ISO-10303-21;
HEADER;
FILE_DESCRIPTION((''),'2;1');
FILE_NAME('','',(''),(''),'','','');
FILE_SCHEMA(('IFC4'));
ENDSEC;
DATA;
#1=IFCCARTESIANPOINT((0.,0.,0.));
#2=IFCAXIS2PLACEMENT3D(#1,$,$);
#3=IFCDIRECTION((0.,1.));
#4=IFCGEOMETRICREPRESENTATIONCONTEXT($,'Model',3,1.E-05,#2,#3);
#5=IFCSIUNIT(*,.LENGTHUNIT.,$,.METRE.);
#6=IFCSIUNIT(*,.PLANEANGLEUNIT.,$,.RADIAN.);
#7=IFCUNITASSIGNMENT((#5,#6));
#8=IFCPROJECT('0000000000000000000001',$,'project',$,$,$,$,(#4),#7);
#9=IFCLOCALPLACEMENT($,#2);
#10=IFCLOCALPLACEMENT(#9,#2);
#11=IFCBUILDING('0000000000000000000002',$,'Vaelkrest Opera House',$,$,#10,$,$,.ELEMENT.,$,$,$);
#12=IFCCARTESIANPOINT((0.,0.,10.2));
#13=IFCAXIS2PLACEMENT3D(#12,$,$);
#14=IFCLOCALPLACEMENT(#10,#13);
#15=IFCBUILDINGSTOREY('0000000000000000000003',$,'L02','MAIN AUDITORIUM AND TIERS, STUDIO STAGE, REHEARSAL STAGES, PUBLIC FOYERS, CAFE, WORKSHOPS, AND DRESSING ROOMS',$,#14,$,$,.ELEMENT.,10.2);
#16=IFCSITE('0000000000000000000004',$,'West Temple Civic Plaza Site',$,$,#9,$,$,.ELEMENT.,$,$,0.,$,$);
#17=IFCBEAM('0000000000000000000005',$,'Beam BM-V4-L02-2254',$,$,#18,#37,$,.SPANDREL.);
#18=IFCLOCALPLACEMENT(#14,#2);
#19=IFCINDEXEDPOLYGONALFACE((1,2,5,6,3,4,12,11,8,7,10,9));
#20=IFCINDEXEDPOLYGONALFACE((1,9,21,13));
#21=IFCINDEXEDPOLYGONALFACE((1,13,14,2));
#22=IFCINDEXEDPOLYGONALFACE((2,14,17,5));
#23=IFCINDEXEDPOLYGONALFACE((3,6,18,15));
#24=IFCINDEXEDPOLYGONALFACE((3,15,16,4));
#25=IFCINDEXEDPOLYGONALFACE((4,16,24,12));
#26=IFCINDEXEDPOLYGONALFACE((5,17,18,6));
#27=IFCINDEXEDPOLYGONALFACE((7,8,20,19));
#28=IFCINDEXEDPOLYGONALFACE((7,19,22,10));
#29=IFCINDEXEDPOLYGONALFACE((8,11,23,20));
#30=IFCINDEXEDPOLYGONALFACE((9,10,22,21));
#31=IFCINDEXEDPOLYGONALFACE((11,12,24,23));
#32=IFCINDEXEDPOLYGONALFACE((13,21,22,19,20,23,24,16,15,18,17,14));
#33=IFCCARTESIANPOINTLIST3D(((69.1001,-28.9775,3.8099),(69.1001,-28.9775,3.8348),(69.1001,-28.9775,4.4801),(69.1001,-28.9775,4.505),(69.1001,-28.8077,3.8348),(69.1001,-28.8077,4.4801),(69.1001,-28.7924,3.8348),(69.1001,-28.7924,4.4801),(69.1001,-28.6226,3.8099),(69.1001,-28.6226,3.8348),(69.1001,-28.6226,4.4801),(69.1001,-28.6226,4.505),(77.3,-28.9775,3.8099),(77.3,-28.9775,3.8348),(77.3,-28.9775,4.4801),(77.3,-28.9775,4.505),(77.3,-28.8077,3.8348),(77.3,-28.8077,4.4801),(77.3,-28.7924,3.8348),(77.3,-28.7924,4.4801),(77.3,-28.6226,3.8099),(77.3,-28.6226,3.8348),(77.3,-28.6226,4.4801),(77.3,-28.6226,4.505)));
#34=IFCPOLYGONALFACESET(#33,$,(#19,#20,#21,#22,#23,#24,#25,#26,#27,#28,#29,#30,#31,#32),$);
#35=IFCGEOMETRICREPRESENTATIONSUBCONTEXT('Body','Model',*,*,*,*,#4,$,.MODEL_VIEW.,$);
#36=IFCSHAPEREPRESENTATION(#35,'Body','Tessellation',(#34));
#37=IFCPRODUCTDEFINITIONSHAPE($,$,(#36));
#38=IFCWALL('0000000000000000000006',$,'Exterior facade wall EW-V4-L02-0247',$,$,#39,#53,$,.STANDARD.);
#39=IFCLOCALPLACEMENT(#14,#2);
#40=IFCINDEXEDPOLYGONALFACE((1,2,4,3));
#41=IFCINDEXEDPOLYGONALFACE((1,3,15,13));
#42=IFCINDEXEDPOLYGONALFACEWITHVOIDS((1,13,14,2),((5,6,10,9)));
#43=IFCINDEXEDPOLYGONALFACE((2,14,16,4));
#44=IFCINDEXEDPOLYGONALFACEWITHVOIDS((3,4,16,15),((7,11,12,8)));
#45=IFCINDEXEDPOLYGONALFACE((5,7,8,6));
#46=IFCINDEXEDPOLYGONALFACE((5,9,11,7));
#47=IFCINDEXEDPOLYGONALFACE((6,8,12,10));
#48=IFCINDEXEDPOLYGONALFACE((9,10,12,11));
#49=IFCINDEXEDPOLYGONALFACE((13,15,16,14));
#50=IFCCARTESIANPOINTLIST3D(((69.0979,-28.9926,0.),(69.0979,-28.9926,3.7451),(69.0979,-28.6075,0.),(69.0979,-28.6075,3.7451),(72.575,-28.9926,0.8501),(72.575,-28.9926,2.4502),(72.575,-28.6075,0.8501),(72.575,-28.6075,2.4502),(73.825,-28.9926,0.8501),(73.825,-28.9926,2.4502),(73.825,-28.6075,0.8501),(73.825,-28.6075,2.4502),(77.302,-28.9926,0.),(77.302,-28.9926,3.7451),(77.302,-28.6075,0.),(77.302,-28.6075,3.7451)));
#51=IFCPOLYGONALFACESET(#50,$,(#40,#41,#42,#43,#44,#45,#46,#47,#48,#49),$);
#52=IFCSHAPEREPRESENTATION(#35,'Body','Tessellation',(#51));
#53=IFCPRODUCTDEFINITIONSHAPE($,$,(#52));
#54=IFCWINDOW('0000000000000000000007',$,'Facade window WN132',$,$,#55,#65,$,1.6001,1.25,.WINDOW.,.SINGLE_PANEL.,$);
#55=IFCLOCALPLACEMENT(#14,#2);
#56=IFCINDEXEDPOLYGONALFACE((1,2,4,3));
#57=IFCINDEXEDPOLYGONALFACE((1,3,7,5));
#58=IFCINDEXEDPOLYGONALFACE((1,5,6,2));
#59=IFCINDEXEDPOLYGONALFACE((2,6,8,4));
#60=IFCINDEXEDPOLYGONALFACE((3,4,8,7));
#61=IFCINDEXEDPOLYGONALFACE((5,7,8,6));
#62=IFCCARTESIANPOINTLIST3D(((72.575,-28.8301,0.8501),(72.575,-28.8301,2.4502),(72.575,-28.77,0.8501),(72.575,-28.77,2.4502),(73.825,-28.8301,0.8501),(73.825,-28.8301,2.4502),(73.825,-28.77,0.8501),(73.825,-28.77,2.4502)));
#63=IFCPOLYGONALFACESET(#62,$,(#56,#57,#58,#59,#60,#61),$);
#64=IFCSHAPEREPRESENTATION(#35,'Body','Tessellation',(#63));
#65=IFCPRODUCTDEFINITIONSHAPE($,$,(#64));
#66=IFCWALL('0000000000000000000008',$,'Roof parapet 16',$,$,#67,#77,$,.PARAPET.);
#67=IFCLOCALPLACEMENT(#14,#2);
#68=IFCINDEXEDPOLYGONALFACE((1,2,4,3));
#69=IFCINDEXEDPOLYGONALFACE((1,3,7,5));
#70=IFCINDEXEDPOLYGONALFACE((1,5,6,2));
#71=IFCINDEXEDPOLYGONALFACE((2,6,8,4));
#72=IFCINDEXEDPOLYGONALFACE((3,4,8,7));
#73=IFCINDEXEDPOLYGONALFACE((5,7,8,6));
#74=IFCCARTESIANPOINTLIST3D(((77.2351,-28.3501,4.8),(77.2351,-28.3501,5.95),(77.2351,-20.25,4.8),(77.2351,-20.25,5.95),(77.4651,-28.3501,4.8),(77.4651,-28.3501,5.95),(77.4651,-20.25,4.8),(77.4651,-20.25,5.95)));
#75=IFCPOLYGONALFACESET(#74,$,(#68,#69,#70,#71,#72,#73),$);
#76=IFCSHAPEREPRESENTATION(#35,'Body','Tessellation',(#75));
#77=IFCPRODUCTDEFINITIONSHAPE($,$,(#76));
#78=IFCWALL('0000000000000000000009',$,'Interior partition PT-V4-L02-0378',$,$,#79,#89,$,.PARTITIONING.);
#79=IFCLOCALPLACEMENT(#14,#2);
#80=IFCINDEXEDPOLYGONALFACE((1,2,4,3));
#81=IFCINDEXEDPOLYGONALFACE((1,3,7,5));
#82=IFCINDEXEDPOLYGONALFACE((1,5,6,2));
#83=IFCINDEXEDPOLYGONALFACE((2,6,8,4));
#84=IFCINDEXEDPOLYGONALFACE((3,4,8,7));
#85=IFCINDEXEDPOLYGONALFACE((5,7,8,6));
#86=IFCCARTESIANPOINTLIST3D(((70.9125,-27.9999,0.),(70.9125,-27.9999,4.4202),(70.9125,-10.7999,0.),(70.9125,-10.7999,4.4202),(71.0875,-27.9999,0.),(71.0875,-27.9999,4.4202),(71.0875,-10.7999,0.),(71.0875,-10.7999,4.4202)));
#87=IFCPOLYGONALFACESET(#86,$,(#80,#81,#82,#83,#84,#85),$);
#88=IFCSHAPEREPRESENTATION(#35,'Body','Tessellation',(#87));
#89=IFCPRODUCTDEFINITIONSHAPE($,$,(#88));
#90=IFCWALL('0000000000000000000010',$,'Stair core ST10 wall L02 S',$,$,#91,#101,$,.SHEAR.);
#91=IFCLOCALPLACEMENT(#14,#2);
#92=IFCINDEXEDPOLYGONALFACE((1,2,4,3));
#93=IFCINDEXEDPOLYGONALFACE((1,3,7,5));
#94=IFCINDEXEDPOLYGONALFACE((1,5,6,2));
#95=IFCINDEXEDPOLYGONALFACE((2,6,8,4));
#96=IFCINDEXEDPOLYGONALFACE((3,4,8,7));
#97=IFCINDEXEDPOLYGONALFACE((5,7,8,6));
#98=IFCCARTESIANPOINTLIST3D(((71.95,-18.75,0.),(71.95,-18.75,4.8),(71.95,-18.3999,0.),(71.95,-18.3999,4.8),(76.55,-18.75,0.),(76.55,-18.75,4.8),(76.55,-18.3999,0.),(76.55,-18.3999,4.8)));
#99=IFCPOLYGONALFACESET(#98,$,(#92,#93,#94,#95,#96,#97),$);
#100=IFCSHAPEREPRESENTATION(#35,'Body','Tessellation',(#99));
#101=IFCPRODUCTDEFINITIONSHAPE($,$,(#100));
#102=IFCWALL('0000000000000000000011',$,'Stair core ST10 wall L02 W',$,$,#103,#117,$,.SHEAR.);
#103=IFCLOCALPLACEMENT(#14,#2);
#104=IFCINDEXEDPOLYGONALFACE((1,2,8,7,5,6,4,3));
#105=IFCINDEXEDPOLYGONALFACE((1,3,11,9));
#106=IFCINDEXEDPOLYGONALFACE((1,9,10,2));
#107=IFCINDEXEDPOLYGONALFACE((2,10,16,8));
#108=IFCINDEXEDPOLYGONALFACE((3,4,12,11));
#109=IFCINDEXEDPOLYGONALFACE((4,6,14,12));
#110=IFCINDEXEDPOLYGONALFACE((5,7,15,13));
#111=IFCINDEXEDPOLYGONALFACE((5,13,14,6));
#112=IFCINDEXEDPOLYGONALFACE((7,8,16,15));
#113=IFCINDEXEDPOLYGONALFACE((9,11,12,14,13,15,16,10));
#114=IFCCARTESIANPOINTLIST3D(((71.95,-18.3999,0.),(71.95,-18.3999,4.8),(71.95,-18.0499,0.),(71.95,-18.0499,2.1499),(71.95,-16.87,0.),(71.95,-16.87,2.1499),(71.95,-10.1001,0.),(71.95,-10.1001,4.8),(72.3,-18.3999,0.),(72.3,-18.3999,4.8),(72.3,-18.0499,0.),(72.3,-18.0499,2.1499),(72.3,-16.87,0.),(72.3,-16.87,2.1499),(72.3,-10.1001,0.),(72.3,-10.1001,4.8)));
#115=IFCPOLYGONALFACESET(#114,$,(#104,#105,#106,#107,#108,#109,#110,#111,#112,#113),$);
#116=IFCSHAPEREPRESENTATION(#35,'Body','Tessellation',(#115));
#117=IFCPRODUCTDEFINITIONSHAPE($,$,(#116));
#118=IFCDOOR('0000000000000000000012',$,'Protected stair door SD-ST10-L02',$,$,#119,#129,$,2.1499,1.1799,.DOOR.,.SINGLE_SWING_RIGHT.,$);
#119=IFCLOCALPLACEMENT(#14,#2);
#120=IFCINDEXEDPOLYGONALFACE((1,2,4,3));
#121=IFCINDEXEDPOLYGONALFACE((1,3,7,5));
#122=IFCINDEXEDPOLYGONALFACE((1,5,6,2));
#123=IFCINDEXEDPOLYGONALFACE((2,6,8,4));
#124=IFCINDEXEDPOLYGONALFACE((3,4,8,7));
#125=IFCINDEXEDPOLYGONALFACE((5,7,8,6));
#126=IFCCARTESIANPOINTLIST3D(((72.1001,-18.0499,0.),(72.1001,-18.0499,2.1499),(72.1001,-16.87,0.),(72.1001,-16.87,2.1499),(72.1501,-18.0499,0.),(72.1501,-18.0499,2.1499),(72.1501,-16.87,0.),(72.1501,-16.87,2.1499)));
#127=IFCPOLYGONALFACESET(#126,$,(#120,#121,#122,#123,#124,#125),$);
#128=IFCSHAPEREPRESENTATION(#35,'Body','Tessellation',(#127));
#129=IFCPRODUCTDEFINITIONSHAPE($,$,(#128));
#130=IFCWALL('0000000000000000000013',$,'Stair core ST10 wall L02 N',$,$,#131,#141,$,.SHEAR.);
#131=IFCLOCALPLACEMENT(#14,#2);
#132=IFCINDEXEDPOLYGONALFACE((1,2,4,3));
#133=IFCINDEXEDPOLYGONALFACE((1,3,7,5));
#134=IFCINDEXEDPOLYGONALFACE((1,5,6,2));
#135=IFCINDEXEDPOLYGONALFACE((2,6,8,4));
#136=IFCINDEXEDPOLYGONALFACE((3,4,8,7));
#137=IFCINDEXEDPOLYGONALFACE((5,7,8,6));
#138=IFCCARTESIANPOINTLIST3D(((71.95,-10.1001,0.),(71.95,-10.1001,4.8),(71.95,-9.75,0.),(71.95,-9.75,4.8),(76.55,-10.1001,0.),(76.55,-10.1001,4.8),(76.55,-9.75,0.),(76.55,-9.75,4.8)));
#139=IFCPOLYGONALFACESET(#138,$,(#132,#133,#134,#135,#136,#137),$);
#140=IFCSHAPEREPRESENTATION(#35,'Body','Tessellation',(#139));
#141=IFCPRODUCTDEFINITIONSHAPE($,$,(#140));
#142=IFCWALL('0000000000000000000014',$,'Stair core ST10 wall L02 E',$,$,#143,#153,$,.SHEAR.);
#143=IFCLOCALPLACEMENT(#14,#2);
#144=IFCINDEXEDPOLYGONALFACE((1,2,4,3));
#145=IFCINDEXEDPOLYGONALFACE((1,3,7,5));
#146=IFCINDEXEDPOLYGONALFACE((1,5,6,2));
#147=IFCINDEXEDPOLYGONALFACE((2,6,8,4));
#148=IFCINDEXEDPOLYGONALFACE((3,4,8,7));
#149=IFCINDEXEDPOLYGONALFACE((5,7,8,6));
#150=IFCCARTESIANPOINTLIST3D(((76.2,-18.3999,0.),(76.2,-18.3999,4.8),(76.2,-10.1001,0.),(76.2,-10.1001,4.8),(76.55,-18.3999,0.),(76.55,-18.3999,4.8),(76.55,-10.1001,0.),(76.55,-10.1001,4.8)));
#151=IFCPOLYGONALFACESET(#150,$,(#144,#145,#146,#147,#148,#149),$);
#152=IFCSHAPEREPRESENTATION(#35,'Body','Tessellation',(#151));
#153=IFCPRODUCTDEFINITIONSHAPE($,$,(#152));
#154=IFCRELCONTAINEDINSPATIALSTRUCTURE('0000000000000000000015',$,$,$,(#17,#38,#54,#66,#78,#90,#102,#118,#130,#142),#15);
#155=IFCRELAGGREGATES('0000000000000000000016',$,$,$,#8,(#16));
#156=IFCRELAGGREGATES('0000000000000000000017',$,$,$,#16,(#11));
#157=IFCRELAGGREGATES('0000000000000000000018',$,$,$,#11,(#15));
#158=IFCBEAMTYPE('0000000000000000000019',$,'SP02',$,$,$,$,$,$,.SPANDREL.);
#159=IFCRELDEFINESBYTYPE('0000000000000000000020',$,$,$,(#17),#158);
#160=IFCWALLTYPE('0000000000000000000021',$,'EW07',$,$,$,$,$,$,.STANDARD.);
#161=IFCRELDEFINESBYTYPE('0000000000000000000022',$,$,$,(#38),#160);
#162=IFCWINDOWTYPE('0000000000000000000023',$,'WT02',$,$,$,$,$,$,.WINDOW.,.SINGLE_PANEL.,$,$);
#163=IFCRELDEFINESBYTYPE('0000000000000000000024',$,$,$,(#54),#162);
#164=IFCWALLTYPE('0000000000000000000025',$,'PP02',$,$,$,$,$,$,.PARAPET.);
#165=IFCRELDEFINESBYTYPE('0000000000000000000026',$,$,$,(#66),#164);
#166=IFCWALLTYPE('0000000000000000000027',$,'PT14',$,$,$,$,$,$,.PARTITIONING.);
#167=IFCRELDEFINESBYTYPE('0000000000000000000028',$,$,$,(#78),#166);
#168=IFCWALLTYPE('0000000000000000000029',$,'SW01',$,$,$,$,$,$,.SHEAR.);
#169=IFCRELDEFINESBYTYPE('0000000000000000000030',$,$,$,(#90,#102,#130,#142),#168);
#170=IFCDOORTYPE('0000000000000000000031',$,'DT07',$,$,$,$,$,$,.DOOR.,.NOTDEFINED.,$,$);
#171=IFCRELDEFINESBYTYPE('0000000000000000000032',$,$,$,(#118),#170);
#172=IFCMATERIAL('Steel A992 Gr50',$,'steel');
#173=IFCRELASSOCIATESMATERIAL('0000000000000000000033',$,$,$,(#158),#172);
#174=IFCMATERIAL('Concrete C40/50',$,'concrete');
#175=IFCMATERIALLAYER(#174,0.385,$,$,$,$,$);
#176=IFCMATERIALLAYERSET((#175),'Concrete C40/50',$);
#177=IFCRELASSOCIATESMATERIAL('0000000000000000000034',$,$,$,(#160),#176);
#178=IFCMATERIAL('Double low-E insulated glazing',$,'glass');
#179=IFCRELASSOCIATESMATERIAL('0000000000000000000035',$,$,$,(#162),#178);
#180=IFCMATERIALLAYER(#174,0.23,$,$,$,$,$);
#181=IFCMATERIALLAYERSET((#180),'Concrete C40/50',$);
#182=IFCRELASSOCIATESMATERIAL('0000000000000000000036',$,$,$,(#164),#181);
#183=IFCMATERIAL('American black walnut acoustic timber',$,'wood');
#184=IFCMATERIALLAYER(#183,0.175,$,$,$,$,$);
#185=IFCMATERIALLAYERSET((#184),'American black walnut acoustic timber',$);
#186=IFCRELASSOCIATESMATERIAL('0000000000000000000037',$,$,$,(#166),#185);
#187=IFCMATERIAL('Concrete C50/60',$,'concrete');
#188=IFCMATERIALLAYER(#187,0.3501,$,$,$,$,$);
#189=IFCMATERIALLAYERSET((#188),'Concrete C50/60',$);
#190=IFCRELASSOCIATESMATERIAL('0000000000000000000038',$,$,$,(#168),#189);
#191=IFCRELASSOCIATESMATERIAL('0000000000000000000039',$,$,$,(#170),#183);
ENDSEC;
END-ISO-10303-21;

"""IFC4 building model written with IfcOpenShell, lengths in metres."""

from ifc_helpers import new_model, si_unit, direction, frame, frame_2d, origin, origin_2d, place, context, subcontext, project, spatial, rectangle, i_section, extrude, material, layer, layer_set, material_profile, profile_set, type_object, element, fill, save


model = new_model("IFC4")

# Units and contexts
model_context = context("Model", 3, precision=1e-05, world=origin(), true_north=direction((0.0, 1.0)))
body_context = subcontext(model_context, "Body", "Model", "MODEL_VIEW")
ifc_project = project(units=[si_unit("LENGTHUNIT", "METRE"), si_unit("PLANEANGLEUNIT", "RADIAN")], contexts=[model_context])

# Site, building, storey
site_placement = place(None, origin())
site = spatial("IfcSite", under=ifc_project, at=site_placement, Name="West Temple Civic Plaza Site", CompositionType="ELEMENT", RefElevation=0.0)
building_placement = place(site_placement, origin())
building = spatial("IfcBuilding", under=site, at=building_placement, Name="Vaelkrest Opera House", CompositionType="ELEMENT")
storey_placement = place(building_placement, frame((0.0, 0.0, 10.2)))
storey = spatial("IfcBuildingStorey", under=building, at=storey_placement, Name="L02", Description="MAIN AUDITORIUM AND TIERS, STUDIO STAGE, REHEARSAL STAGES, PUBLIC FOYERS, CAFE, WORKSHOPS, AND DRESSING ROOMS", CompositionType="ELEMENT", Elevation=10.2)

# Shared definitions
ifc_material_1 = material(Name="Concrete C50/60", Category="concrete")

# Beam
ifc_material_2 = material(Name="Steel A992 Gr50", Category="steel")
ifc_material_profile_1 = material_profile(ifc_material_2, i_section(OverallWidth=0.355, OverallDepth=0.6951, WebThickness=0.0154, FlangeThickness=0.0249, at=origin_2d()), Name="W27X146")
ifc_profile_set_1 = profile_set([ifc_material_profile_1], Name="Steel A992 Gr50")
beam_type_1 = type_object("IfcBeamType", Name="SP02", PredefinedType="SPANDREL", material=ifc_profile_set_1)
beam_1_placement = place(storey_placement, frame((69.1001, -28.8, 4.1575), z_axis=(1.0, 0.0, 0.0), x_axis=(0.0, 1.0, 0.0)))
element("IfcBeam", 1, at=beam_1_placement, inside=storey, type_object=beam_type_1, Name="Beam BM-V4-L02-2254", PredefinedType="SPANDREL", context=body_context, shape_type="SweptSolid", body=[
    extrude(i_section(OverallWidth=0.355, OverallDepth=0.6951, WebThickness=0.0154, FlangeThickness=0.0249, at=origin_2d()), origin(), (0.0, 0.0, 1.0), 8.2),
])

# Wall, opening, window
ifc_material_3 = material(Name="Concrete C40/50", Category="concrete")
ifc_layer_1 = layer(ifc_material_3, 0.385)
ifc_layer_set_1 = layer_set([ifc_layer_1], Name="Concrete C40/50")
wall_type_1 = type_object("IfcWallType", Name="EW07", PredefinedType="STANDARD", material=ifc_layer_set_1)
wall_1_placement = place(storey_placement, frame((77.302, -28.8, 0.0), z_axis=(0.0, 0.0, 1.0), x_axis=(-1.0, 0.0, 0.0)))
wall_1 = element("IfcWall", 2, at=wall_1_placement, inside=storey, type_object=wall_type_1, Name="Exterior facade wall EW-V4-L02-0247", PredefinedType="STANDARD", context=body_context, shape_type="SweptSolid", body=[
    extrude(rectangle(XDim=8.2041, YDim=0.385, at=frame_2d((4.1021, 0.0))), origin(), (0.0, 0.0, 1.0), 3.7451),
])
opening_1_placement = place(wall_1_placement, frame((3.4771, 0.0, 0.8501)))
opening_1 = element("IfcOpeningElement", 3, at=opening_1_placement, cuts=wall_1, PredefinedType="OPENING", context=body_context, shape_type="SweptSolid", body=[
    extrude(rectangle(XDim=1.25, YDim=1.6001, at=frame_2d((0.625, 0.8))), frame((0.0, 0.2024, 0.0), z_axis=(0.0, -1.0, 0.0), x_axis=(1.0, 0.0, 0.0)), (0.0, 0.0, 1.0), 0.405),
])
ifc_material_4 = material(Name="Double low-E insulated glazing", Category="glass")
window_type = type_object("IfcWindowType", Name="WT02", PartitioningType="SINGLE_PANEL", PredefinedType="WINDOW", material=ifc_material_4)
window_placement = place(opening_1_placement, origin())
window = element("IfcWindow", 4, at=window_placement, inside=storey, type_object=window_type, Name="Facade window WN132", OverallHeight=1.6001, OverallWidth=1.25, PartitioningType="SINGLE_PANEL", PredefinedType="WINDOW", context=body_context, shape_type="SweptSolid", body=[
    extrude(rectangle(XDim=1.25, YDim=1.6001, at=frame_2d((0.625, 0.8))), frame((0.0, 0.03, 0.0), z_axis=(0.0, -1.0, 0.0), x_axis=(1.0, 0.0, 0.0)), (0.0, 0.0, 1.0), 0.0601),
])
fill(opening_1, window)

# Walls
ifc_layer_2 = layer(ifc_material_3, 0.23)
ifc_layer_set_2 = layer_set([ifc_layer_2], Name="Concrete C40/50")
wall_type_2 = type_object("IfcWallType", Name="PP02", PredefinedType="PARAPET", material=ifc_layer_set_2)
wall_2_placement = place(storey_placement, frame((77.3501, -28.3501, 4.8), z_axis=(0.0, 0.0, 1.0), x_axis=(0.0, 1.0, 0.0)))
element("IfcWall", 5, at=wall_2_placement, inside=storey, type_object=wall_type_2, Name="Roof parapet 16", PredefinedType="PARAPET", context=body_context, shape_type="SweptSolid", body=[
    extrude(rectangle(XDim=8.1001, YDim=0.23, at=frame_2d((4.05, 0.0))), origin(), (0.0, 0.0, 1.0), 1.1499),
])
ifc_material_5 = material(Name="American black walnut acoustic timber", Category="wood")
ifc_layer_3 = layer(ifc_material_5, 0.175)
ifc_layer_set_3 = layer_set([ifc_layer_3], Name="American black walnut acoustic timber")
wall_type_3 = type_object("IfcWallType", Name="PT14", PredefinedType="PARTITIONING", material=ifc_layer_set_3)
wall_3_placement = place(storey_placement, frame((71.0, -28.0, 0.0), z_axis=(0.0, 0.0, 1.0), x_axis=(0.0, 1.0, 0.0)))
element("IfcWall", 6, at=wall_3_placement, inside=storey, type_object=wall_type_3, Name="Interior partition PT-V4-L02-0378", PredefinedType="PARTITIONING", context=body_context, shape_type="SweptSolid", body=[
    extrude(rectangle(XDim=17.2, YDim=0.175, at=frame_2d((8.6001, 0.0))), origin(), (0.0, 0.0, 1.0), 4.4202),
])
ifc_layer_4 = layer(ifc_material_1, 0.3501)
ifc_layer_set_4 = layer_set([ifc_layer_4], Name="Concrete C50/60")
wall_type_4 = type_object("IfcWallType", Name="SW01", PredefinedType="SHEAR", material=ifc_layer_set_4)
wall_4_placement = place(storey_placement, frame((76.55, -18.575, 0.0), z_axis=(0.0, 0.0, 1.0), x_axis=(-1.0, 0.0, 0.0)))
element("IfcWall", 7, at=wall_4_placement, inside=storey, type_object=wall_type_4, Name="Stair core ST10 wall L02 S", PredefinedType="SHEAR", context=body_context, shape_type="SweptSolid", body=[
    extrude(rectangle(XDim=4.6001, YDim=0.3501, at=frame_2d((2.3, 0.0))), origin(), (0.0, 0.0, 1.0), 4.8),
])

# Wall, opening, door
wall_5_placement = place(storey_placement, frame((72.125, -18.3999, 0.0), z_axis=(0.0, 0.0, 1.0), x_axis=(0.0, 1.0, 0.0)))
wall_5 = element("IfcWall", 8, at=wall_5_placement, inside=storey, type_object=wall_type_4, Name="Stair core ST10 wall L02 W", PredefinedType="SHEAR", context=body_context, shape_type="SweptSolid", body=[
    extrude(rectangle(XDim=8.2998, YDim=0.3501, at=frame_2d((4.1499, 0.0))), origin(), (0.0, 0.0, 1.0), 4.8),
])
opening_2_placement = place(wall_5_placement, frame((0.3501, 0.0, 0.0)))
opening_2 = element("IfcOpeningElement", 9, at=opening_2_placement, cuts=wall_5, PredefinedType="OPENING", context=body_context, shape_type="SweptSolid", body=[
    extrude(rectangle(XDim=1.1799, YDim=2.1499, at=frame_2d((0.5898, 1.075))), frame((0.0, 0.1851, 0.0), z_axis=(0.0, -1.0, 0.0), x_axis=(1.0, 0.0, 0.0)), (0.0, 0.0, 1.0), 0.3701),
])
door_type = type_object("IfcDoorType", Name="DT07", OperationType="NOTDEFINED", PredefinedType="DOOR", material=ifc_material_5)
door_placement = place(opening_2_placement, origin())
door = element("IfcDoor", 10, at=door_placement, inside=storey, type_object=door_type, Name="Protected stair door SD-ST10-L02", OperationType="SINGLE_SWING_RIGHT", OverallHeight=2.1499, OverallWidth=1.1799, PredefinedType="DOOR", context=body_context, shape_type="SweptSolid", body=[
    extrude(rectangle(XDim=1.1799, YDim=2.1499, at=frame_2d((0.5898, 1.075))), frame((0.0, 0.0249, 0.0), z_axis=(0.0, -1.0, 0.0), x_axis=(1.0, 0.0, 0.0)), (0.0, 0.0, 1.0), 0.05),
])
fill(opening_2, door)

# Walls
wall_6_placement = place(storey_placement, frame((71.95, -9.925, 0.0), z_axis=(0.0, 0.0, 1.0), x_axis=(1.0, 0.0, 0.0)))
element("IfcWall", 11, at=wall_6_placement, inside=storey, type_object=wall_type_4, Name="Stair core ST10 wall L02 N", PredefinedType="SHEAR", context=body_context, shape_type="SweptSolid", body=[
    extrude(rectangle(XDim=4.6001, YDim=0.3501, at=frame_2d((2.3, 0.0))), origin(), (0.0, 0.0, 1.0), 4.8),
])
wall_7_placement = place(storey_placement, frame((76.375, -10.1001, 0.0), z_axis=(0.0, 0.0, 1.0), x_axis=(0.0, -1.0, 0.0)))
element("IfcWall", 12, at=wall_7_placement, inside=storey, type_object=wall_type_4, Name="Stair core ST10 wall L02 E", PredefinedType="SHEAR", context=body_context, shape_type="SweptSolid", body=[
    extrude(rectangle(XDim=8.2998, YDim=0.3501, at=frame_2d((4.1499, 0.0))), origin(), (0.0, 0.0, 1.0), 4.8),
])

save(model, "model.ifc")
